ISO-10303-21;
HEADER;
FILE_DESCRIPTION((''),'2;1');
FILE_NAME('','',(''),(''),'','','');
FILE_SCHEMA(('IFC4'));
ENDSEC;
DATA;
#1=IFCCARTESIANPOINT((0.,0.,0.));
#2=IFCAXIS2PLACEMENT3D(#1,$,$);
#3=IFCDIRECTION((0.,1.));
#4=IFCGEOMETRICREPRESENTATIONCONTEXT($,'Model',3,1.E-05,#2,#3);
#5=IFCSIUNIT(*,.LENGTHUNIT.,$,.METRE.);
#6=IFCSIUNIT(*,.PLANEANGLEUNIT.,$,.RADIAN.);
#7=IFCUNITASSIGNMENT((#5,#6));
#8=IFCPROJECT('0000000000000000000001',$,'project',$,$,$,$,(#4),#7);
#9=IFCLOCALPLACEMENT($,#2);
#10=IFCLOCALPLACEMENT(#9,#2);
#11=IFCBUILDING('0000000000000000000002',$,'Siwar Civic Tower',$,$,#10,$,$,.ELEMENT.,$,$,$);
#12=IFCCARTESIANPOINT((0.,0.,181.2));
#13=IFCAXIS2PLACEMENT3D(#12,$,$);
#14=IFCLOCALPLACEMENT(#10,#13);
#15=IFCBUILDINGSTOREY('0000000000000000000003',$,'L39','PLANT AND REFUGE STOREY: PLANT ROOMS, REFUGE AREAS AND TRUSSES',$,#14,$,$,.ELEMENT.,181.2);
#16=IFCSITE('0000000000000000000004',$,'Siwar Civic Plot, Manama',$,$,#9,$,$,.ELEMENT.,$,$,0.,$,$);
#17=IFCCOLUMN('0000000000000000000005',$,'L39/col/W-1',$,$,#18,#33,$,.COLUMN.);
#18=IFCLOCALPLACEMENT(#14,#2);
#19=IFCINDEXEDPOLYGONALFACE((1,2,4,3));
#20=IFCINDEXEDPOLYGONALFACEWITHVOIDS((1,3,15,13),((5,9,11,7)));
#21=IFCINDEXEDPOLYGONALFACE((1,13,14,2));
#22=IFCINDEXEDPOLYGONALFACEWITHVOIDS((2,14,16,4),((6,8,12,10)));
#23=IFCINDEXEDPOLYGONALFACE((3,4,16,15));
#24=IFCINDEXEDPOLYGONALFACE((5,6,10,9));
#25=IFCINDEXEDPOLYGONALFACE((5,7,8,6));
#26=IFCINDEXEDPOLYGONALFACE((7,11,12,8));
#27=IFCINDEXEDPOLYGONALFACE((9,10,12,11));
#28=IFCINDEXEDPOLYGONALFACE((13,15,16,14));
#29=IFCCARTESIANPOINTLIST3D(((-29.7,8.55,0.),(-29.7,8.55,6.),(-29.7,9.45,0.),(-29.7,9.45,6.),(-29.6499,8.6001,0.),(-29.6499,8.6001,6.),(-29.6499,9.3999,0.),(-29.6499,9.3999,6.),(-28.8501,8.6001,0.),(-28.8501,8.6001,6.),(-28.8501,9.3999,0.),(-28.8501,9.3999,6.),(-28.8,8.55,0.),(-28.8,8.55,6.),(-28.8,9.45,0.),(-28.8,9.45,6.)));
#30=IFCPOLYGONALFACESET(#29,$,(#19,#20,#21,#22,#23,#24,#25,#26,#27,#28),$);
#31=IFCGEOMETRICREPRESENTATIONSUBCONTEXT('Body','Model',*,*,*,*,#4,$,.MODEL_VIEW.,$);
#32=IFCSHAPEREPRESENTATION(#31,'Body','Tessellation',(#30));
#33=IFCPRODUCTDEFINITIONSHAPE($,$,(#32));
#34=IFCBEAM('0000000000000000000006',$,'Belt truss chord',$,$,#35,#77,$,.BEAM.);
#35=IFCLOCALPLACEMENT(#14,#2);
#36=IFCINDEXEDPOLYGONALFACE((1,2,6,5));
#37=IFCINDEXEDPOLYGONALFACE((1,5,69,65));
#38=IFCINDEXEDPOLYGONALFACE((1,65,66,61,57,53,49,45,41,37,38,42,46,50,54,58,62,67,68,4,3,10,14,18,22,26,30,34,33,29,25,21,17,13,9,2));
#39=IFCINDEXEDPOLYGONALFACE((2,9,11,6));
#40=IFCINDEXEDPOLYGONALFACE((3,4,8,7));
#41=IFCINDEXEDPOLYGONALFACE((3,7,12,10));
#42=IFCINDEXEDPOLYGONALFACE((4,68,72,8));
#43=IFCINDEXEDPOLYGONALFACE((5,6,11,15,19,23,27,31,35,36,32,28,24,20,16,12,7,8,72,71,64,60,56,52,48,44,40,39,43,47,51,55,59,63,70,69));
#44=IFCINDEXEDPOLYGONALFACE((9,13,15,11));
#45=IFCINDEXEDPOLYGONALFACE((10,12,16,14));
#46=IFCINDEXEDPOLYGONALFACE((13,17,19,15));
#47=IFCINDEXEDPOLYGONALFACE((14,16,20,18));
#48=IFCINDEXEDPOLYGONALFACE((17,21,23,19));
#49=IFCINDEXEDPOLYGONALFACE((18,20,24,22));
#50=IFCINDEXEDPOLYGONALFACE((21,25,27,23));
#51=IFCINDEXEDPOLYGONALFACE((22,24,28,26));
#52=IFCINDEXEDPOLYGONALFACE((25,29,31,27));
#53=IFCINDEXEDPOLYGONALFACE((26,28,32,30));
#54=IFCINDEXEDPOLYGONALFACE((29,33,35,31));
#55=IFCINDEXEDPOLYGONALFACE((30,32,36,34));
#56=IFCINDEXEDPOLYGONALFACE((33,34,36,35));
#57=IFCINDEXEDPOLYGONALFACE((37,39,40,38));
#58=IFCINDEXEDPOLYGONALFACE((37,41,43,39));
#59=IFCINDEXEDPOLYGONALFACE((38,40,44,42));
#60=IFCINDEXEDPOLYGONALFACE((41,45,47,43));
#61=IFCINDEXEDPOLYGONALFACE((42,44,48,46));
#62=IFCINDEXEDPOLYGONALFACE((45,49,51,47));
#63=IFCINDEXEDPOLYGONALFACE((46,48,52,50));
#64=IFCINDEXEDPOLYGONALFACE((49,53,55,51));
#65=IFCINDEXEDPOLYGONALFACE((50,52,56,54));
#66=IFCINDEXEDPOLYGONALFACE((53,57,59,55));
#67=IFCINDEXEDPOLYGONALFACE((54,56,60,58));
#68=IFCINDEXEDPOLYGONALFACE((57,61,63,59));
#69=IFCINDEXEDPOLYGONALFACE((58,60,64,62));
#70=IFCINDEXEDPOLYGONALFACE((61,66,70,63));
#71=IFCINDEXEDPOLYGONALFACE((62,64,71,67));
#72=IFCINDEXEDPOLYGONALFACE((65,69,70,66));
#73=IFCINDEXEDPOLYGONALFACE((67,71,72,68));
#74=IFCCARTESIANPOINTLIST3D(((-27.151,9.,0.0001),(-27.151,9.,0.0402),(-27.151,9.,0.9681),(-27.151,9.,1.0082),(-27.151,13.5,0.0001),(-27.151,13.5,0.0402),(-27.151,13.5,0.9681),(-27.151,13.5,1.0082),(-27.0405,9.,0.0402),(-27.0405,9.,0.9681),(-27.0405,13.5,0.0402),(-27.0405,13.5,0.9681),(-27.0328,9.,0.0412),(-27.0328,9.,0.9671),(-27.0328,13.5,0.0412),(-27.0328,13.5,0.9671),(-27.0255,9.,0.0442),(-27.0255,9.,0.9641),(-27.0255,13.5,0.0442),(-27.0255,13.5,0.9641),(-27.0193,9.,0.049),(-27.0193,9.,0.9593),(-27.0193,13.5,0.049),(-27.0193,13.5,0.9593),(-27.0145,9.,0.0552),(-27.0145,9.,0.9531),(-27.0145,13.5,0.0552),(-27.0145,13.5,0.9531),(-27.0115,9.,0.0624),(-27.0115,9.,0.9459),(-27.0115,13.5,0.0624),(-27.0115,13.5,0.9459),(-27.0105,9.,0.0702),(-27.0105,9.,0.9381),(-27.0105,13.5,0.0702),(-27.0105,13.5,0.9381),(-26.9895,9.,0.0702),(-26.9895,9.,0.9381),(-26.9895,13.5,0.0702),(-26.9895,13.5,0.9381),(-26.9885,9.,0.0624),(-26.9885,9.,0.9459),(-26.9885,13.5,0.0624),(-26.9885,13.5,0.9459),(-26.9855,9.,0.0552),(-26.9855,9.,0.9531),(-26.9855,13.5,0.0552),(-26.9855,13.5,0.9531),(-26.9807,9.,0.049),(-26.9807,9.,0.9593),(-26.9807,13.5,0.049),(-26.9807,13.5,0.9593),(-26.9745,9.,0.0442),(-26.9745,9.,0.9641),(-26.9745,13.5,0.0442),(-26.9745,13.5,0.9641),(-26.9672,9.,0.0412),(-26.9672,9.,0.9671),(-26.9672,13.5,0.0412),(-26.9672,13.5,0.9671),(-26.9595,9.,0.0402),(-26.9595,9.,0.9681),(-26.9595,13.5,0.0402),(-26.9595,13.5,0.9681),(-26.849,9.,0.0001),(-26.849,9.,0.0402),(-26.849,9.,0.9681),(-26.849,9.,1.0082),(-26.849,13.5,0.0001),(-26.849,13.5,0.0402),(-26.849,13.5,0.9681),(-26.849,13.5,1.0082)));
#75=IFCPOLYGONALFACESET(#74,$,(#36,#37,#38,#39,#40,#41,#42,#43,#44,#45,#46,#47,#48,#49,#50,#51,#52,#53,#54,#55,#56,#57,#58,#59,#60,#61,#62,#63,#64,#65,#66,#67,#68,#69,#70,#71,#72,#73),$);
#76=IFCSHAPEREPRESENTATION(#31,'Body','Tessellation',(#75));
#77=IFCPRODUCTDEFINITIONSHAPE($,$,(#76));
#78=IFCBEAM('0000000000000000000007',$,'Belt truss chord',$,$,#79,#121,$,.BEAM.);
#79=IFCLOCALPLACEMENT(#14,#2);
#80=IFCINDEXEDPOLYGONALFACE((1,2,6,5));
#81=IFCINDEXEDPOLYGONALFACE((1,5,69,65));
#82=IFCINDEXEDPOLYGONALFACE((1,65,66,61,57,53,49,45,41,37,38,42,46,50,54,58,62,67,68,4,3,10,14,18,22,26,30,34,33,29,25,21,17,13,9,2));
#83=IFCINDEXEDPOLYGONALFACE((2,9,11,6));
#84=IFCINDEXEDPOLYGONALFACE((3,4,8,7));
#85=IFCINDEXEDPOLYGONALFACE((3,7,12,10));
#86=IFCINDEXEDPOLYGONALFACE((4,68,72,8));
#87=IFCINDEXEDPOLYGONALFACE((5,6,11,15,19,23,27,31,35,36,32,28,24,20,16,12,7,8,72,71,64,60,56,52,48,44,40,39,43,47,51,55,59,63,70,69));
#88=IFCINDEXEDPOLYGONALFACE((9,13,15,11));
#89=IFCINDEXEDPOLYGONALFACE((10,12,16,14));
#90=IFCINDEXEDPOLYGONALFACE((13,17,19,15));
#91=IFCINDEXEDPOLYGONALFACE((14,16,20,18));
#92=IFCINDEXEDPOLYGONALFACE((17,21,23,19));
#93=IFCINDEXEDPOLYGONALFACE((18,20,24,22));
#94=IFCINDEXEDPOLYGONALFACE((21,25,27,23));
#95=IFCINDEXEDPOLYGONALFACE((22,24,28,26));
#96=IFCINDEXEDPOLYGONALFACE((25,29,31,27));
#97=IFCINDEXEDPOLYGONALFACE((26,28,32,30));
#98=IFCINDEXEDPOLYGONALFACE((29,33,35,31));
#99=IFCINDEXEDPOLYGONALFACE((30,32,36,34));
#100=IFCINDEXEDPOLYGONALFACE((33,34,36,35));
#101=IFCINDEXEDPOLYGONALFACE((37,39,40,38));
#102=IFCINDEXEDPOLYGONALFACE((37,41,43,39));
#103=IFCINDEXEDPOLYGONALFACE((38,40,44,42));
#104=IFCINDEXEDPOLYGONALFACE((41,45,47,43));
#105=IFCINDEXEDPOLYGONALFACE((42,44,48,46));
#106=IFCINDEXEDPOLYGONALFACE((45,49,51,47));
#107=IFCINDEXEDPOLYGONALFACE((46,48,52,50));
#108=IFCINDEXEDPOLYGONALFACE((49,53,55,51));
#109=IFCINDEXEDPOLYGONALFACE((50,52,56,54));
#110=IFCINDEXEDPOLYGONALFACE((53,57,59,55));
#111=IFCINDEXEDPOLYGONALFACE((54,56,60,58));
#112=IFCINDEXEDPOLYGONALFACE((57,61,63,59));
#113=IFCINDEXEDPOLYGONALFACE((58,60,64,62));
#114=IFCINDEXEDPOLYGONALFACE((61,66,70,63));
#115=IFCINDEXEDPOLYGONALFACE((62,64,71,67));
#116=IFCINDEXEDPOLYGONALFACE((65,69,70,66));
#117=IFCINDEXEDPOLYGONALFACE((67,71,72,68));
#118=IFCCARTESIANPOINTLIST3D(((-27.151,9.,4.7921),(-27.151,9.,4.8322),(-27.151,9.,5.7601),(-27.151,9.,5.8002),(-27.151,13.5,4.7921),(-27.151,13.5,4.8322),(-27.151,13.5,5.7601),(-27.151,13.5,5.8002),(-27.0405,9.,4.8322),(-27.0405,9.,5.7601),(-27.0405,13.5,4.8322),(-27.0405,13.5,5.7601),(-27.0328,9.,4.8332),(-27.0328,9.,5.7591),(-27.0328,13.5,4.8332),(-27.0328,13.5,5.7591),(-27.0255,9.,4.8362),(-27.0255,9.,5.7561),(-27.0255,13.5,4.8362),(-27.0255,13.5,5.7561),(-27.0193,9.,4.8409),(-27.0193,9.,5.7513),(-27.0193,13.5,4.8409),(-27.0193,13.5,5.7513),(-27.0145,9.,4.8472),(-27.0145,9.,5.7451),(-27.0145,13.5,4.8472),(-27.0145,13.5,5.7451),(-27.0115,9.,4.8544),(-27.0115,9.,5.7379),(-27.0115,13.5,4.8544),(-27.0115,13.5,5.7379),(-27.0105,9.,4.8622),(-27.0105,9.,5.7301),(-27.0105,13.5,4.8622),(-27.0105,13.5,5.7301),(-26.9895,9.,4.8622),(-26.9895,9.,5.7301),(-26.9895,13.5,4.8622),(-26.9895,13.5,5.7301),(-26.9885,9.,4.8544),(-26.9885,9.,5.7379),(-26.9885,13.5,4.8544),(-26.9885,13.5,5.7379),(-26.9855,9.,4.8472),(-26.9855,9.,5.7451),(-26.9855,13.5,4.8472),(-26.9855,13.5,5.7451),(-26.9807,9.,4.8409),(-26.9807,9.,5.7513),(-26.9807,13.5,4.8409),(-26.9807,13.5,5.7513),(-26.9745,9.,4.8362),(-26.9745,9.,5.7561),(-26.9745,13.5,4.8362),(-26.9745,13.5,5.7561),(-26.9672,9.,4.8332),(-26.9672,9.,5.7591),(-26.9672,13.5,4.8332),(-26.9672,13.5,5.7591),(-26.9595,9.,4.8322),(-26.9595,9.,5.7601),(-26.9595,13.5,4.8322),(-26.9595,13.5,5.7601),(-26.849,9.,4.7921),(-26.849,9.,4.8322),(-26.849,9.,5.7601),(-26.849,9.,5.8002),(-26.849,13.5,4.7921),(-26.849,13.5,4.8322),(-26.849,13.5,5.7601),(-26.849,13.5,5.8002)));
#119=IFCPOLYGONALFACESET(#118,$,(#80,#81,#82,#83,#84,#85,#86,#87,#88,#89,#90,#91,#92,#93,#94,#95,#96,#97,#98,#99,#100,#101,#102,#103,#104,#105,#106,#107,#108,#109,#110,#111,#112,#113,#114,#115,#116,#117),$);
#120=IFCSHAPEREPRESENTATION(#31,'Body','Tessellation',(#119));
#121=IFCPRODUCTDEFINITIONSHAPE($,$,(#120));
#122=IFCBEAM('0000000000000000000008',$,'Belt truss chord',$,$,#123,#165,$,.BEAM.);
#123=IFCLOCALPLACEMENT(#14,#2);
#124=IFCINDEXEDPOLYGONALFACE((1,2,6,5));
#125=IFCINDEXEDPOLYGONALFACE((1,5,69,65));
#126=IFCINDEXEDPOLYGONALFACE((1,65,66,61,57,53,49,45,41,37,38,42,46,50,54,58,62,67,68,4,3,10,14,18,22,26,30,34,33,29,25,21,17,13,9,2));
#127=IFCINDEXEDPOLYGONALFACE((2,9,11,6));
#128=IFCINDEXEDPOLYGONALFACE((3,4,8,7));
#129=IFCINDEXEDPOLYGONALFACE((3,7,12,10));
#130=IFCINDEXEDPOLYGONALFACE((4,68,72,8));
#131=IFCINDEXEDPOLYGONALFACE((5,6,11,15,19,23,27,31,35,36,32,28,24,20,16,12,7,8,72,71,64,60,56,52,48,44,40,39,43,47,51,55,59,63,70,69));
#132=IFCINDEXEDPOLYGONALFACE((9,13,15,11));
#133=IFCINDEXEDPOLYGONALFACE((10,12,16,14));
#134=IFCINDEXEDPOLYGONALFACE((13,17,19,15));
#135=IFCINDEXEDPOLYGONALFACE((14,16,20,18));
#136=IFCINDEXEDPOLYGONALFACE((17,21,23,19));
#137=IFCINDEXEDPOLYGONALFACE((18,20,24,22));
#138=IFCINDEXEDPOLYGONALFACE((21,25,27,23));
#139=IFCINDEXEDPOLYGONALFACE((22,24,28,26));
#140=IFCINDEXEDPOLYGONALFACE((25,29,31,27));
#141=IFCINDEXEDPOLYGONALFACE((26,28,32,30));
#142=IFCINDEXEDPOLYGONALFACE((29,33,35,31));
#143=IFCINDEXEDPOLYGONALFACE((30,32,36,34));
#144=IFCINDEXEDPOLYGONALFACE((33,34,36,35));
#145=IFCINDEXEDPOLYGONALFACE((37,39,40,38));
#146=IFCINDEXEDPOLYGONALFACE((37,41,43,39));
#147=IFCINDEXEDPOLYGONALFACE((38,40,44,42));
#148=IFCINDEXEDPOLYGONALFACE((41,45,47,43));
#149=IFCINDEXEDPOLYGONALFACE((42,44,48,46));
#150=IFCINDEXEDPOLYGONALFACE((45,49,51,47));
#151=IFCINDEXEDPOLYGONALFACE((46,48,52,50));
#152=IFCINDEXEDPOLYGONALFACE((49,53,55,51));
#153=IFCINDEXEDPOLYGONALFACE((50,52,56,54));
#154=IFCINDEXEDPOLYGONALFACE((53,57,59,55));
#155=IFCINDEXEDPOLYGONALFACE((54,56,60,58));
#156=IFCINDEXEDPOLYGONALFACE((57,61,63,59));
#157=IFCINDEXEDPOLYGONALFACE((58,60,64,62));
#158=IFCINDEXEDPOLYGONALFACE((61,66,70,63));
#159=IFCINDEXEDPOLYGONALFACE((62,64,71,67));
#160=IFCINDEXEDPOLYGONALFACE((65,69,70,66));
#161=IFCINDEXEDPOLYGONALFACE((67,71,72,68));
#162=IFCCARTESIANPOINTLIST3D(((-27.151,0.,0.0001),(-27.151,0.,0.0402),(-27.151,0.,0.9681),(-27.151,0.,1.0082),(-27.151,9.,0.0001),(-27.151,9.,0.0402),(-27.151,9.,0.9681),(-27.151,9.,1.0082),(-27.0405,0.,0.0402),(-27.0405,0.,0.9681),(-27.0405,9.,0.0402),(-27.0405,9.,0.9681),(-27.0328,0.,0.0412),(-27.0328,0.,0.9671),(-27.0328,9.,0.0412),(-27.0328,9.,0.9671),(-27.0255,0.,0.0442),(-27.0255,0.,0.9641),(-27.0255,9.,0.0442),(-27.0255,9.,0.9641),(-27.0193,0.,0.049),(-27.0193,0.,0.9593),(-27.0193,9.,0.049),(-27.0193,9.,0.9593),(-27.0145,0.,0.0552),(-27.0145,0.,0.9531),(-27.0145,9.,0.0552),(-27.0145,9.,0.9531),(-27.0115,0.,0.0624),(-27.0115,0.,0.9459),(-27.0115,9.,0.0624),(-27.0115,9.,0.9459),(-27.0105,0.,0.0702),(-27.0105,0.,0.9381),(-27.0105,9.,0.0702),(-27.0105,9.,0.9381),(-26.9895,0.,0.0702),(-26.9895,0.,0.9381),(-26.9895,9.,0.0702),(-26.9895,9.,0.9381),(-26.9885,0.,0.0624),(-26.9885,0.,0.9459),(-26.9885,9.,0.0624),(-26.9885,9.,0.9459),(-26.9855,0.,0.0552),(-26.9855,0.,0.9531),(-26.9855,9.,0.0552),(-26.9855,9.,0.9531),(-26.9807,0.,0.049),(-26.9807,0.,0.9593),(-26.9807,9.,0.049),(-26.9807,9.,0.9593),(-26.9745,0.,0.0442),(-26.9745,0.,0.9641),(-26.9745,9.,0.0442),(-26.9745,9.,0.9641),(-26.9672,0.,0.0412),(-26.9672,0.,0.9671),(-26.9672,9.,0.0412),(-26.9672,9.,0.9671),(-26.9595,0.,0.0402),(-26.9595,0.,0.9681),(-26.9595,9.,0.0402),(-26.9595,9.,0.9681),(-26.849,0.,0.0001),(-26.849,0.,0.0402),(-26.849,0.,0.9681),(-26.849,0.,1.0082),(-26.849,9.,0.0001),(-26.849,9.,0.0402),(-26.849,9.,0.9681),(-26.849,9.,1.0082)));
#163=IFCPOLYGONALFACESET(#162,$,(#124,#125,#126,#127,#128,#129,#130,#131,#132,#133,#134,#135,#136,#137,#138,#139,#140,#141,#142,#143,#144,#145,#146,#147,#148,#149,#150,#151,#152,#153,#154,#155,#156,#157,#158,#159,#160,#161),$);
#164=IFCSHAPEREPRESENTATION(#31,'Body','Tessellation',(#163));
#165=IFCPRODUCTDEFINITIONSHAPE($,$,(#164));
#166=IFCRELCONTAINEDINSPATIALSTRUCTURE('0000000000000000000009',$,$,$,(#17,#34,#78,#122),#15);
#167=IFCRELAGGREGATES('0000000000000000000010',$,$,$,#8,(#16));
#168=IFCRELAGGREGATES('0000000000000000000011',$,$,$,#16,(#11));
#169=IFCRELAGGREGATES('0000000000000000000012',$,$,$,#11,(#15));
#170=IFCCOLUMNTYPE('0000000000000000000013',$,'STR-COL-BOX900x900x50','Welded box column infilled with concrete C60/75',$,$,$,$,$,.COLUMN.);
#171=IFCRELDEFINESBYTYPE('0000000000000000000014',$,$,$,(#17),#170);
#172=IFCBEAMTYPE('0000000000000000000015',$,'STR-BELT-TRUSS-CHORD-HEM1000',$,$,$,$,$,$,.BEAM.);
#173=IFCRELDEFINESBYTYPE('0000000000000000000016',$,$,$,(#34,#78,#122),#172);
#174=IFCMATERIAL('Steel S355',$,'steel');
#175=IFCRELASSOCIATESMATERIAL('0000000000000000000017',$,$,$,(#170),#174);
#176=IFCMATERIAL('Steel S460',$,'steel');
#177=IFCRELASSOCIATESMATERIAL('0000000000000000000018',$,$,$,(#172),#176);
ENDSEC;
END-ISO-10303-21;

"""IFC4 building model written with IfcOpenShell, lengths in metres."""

from ifc_helpers import new_model, si_unit, direction, frame, origin, origin_2d, place, context, subcontext, project, spatial, hollow_rectangle, i_section, extrude, material, material_profile, profile_set, type_object, element, save


model = new_model("IFC4")

# Units and contexts
model_context = context("Model", 3, precision=1e-05, world=origin(), true_north=direction((0.0, 1.0)))
body_context = subcontext(model_context, "Body", "Model", "MODEL_VIEW")
ifc_project = project(units=[si_unit("LENGTHUNIT", "METRE"), si_unit("PLANEANGLEUNIT", "RADIAN")], contexts=[model_context])

# Site, building, storey
site_placement = place(None, origin())
site = spatial("IfcSite", under=ifc_project, at=site_placement, Name="Siwar Civic Plot, Manama", CompositionType="ELEMENT", RefElevation=0.0)
building_placement = place(site_placement, origin())
building = spatial("IfcBuilding", under=site, at=building_placement, Name="Siwar Civic Tower", CompositionType="ELEMENT")
storey_placement = place(building_placement, frame((0.0, 0.0, 181.2)))
storey = spatial("IfcBuildingStorey", under=building, at=storey_placement, Name="L39", Description="PLANT AND REFUGE STOREY: PLANT ROOMS, REFUGE AREAS AND TRUSSES", CompositionType="ELEMENT", Elevation=181.2)

# Column
ifc_material_1 = material(Name="Steel S355", Category="steel")
ifc_material_profile_1 = material_profile(ifc_material_1, hollow_rectangle(XDim=0.8999, YDim=0.8999, WallThickness=0.05, at=origin_2d()), Name="BOX900x900x50")
ifc_profile_set_1 = profile_set([ifc_material_profile_1], Name="Steel S355")
column_type = type_object("IfcColumnType", Name="STR-COL-BOX900x900x50", Description="Welded box column infilled with concrete C60/75", PredefinedType="COLUMN", material=ifc_profile_set_1)
column_placement = place(storey_placement, frame((-29.25, 9.0, 0.0), z_axis=(0.0, 0.0, 1.0), x_axis=(1.0, 0.0, 0.0)))
element("IfcColumn", 1, at=column_placement, inside=storey, type_object=column_type, Name="L39/col/W-1", PredefinedType="COLUMN", context=body_context, shape_type="SweptSolid", body=[
    extrude(hollow_rectangle(XDim=0.8999, YDim=0.8999, WallThickness=0.05, at=origin_2d()), origin(), (0.0, 0.0, 1.0), 6.0),
])

# Beams
ifc_material_2 = material(Name="Steel S460", Category="steel")
ifc_material_profile_2 = material_profile(ifc_material_2, i_section(OverallWidth=0.302, OverallDepth=1.0081, WebThickness=0.021, FlangeThickness=0.04, FilletRadius=0.03, at=origin_2d()), Name="HEM1000")
ifc_profile_set_2 = profile_set([ifc_material_profile_2], Name="Steel S460")
beam_type_1 = type_object("IfcBeamType", Name="STR-BELT-TRUSS-CHORD-HEM1000", PredefinedType="BEAM", material=ifc_profile_set_2)
for number, where, z_axis, x_axis, name in (
    (2, (-27.0, 13.5, 0.5042), (0.0, -1.0, 0.0), (1.0, 0.0, 0.0), "Belt truss chord"),
    (3, (-27.0, 13.5, 5.2961), (0.0, -1.0, 0.0), (1.0, 0.0, 0.0), "Belt truss chord"),
):
    element("IfcBeam", number, at=place(storey_placement, frame(where, z_axis=z_axis, x_axis=x_axis)), inside=storey, type_object=beam_type_1, Name=name, PredefinedType="BEAM", context=body_context, shape_type="SweptSolid", body=[
        extrude(i_section(OverallWidth=0.302, OverallDepth=1.0081, WebThickness=0.021, FlangeThickness=0.04, FilletRadius=0.03, at=origin_2d()), origin(), (0.0, 0.0, 1.0), 4.5),
    ])
for number, where, z_axis, x_axis, name in (
    (4, (-27.0, 9.0, 0.5042), (0.0, -1.0, 0.0), (1.0, 0.0, 0.0), "Belt truss chord"),
):
    element("IfcBeam", number, at=place(storey_placement, frame(where, z_axis=z_axis, x_axis=x_axis)), inside=storey, type_object=beam_type_1, Name=name, PredefinedType="BEAM", context=body_context, shape_type="SweptSolid", body=[
        extrude(i_section(OverallWidth=0.302, OverallDepth=1.0081, WebThickness=0.021, FlangeThickness=0.04, FilletRadius=0.03, at=origin_2d()), origin(), (0.0, 0.0, 1.0), 9.0),
    ])

save(model, "model.ifc")
